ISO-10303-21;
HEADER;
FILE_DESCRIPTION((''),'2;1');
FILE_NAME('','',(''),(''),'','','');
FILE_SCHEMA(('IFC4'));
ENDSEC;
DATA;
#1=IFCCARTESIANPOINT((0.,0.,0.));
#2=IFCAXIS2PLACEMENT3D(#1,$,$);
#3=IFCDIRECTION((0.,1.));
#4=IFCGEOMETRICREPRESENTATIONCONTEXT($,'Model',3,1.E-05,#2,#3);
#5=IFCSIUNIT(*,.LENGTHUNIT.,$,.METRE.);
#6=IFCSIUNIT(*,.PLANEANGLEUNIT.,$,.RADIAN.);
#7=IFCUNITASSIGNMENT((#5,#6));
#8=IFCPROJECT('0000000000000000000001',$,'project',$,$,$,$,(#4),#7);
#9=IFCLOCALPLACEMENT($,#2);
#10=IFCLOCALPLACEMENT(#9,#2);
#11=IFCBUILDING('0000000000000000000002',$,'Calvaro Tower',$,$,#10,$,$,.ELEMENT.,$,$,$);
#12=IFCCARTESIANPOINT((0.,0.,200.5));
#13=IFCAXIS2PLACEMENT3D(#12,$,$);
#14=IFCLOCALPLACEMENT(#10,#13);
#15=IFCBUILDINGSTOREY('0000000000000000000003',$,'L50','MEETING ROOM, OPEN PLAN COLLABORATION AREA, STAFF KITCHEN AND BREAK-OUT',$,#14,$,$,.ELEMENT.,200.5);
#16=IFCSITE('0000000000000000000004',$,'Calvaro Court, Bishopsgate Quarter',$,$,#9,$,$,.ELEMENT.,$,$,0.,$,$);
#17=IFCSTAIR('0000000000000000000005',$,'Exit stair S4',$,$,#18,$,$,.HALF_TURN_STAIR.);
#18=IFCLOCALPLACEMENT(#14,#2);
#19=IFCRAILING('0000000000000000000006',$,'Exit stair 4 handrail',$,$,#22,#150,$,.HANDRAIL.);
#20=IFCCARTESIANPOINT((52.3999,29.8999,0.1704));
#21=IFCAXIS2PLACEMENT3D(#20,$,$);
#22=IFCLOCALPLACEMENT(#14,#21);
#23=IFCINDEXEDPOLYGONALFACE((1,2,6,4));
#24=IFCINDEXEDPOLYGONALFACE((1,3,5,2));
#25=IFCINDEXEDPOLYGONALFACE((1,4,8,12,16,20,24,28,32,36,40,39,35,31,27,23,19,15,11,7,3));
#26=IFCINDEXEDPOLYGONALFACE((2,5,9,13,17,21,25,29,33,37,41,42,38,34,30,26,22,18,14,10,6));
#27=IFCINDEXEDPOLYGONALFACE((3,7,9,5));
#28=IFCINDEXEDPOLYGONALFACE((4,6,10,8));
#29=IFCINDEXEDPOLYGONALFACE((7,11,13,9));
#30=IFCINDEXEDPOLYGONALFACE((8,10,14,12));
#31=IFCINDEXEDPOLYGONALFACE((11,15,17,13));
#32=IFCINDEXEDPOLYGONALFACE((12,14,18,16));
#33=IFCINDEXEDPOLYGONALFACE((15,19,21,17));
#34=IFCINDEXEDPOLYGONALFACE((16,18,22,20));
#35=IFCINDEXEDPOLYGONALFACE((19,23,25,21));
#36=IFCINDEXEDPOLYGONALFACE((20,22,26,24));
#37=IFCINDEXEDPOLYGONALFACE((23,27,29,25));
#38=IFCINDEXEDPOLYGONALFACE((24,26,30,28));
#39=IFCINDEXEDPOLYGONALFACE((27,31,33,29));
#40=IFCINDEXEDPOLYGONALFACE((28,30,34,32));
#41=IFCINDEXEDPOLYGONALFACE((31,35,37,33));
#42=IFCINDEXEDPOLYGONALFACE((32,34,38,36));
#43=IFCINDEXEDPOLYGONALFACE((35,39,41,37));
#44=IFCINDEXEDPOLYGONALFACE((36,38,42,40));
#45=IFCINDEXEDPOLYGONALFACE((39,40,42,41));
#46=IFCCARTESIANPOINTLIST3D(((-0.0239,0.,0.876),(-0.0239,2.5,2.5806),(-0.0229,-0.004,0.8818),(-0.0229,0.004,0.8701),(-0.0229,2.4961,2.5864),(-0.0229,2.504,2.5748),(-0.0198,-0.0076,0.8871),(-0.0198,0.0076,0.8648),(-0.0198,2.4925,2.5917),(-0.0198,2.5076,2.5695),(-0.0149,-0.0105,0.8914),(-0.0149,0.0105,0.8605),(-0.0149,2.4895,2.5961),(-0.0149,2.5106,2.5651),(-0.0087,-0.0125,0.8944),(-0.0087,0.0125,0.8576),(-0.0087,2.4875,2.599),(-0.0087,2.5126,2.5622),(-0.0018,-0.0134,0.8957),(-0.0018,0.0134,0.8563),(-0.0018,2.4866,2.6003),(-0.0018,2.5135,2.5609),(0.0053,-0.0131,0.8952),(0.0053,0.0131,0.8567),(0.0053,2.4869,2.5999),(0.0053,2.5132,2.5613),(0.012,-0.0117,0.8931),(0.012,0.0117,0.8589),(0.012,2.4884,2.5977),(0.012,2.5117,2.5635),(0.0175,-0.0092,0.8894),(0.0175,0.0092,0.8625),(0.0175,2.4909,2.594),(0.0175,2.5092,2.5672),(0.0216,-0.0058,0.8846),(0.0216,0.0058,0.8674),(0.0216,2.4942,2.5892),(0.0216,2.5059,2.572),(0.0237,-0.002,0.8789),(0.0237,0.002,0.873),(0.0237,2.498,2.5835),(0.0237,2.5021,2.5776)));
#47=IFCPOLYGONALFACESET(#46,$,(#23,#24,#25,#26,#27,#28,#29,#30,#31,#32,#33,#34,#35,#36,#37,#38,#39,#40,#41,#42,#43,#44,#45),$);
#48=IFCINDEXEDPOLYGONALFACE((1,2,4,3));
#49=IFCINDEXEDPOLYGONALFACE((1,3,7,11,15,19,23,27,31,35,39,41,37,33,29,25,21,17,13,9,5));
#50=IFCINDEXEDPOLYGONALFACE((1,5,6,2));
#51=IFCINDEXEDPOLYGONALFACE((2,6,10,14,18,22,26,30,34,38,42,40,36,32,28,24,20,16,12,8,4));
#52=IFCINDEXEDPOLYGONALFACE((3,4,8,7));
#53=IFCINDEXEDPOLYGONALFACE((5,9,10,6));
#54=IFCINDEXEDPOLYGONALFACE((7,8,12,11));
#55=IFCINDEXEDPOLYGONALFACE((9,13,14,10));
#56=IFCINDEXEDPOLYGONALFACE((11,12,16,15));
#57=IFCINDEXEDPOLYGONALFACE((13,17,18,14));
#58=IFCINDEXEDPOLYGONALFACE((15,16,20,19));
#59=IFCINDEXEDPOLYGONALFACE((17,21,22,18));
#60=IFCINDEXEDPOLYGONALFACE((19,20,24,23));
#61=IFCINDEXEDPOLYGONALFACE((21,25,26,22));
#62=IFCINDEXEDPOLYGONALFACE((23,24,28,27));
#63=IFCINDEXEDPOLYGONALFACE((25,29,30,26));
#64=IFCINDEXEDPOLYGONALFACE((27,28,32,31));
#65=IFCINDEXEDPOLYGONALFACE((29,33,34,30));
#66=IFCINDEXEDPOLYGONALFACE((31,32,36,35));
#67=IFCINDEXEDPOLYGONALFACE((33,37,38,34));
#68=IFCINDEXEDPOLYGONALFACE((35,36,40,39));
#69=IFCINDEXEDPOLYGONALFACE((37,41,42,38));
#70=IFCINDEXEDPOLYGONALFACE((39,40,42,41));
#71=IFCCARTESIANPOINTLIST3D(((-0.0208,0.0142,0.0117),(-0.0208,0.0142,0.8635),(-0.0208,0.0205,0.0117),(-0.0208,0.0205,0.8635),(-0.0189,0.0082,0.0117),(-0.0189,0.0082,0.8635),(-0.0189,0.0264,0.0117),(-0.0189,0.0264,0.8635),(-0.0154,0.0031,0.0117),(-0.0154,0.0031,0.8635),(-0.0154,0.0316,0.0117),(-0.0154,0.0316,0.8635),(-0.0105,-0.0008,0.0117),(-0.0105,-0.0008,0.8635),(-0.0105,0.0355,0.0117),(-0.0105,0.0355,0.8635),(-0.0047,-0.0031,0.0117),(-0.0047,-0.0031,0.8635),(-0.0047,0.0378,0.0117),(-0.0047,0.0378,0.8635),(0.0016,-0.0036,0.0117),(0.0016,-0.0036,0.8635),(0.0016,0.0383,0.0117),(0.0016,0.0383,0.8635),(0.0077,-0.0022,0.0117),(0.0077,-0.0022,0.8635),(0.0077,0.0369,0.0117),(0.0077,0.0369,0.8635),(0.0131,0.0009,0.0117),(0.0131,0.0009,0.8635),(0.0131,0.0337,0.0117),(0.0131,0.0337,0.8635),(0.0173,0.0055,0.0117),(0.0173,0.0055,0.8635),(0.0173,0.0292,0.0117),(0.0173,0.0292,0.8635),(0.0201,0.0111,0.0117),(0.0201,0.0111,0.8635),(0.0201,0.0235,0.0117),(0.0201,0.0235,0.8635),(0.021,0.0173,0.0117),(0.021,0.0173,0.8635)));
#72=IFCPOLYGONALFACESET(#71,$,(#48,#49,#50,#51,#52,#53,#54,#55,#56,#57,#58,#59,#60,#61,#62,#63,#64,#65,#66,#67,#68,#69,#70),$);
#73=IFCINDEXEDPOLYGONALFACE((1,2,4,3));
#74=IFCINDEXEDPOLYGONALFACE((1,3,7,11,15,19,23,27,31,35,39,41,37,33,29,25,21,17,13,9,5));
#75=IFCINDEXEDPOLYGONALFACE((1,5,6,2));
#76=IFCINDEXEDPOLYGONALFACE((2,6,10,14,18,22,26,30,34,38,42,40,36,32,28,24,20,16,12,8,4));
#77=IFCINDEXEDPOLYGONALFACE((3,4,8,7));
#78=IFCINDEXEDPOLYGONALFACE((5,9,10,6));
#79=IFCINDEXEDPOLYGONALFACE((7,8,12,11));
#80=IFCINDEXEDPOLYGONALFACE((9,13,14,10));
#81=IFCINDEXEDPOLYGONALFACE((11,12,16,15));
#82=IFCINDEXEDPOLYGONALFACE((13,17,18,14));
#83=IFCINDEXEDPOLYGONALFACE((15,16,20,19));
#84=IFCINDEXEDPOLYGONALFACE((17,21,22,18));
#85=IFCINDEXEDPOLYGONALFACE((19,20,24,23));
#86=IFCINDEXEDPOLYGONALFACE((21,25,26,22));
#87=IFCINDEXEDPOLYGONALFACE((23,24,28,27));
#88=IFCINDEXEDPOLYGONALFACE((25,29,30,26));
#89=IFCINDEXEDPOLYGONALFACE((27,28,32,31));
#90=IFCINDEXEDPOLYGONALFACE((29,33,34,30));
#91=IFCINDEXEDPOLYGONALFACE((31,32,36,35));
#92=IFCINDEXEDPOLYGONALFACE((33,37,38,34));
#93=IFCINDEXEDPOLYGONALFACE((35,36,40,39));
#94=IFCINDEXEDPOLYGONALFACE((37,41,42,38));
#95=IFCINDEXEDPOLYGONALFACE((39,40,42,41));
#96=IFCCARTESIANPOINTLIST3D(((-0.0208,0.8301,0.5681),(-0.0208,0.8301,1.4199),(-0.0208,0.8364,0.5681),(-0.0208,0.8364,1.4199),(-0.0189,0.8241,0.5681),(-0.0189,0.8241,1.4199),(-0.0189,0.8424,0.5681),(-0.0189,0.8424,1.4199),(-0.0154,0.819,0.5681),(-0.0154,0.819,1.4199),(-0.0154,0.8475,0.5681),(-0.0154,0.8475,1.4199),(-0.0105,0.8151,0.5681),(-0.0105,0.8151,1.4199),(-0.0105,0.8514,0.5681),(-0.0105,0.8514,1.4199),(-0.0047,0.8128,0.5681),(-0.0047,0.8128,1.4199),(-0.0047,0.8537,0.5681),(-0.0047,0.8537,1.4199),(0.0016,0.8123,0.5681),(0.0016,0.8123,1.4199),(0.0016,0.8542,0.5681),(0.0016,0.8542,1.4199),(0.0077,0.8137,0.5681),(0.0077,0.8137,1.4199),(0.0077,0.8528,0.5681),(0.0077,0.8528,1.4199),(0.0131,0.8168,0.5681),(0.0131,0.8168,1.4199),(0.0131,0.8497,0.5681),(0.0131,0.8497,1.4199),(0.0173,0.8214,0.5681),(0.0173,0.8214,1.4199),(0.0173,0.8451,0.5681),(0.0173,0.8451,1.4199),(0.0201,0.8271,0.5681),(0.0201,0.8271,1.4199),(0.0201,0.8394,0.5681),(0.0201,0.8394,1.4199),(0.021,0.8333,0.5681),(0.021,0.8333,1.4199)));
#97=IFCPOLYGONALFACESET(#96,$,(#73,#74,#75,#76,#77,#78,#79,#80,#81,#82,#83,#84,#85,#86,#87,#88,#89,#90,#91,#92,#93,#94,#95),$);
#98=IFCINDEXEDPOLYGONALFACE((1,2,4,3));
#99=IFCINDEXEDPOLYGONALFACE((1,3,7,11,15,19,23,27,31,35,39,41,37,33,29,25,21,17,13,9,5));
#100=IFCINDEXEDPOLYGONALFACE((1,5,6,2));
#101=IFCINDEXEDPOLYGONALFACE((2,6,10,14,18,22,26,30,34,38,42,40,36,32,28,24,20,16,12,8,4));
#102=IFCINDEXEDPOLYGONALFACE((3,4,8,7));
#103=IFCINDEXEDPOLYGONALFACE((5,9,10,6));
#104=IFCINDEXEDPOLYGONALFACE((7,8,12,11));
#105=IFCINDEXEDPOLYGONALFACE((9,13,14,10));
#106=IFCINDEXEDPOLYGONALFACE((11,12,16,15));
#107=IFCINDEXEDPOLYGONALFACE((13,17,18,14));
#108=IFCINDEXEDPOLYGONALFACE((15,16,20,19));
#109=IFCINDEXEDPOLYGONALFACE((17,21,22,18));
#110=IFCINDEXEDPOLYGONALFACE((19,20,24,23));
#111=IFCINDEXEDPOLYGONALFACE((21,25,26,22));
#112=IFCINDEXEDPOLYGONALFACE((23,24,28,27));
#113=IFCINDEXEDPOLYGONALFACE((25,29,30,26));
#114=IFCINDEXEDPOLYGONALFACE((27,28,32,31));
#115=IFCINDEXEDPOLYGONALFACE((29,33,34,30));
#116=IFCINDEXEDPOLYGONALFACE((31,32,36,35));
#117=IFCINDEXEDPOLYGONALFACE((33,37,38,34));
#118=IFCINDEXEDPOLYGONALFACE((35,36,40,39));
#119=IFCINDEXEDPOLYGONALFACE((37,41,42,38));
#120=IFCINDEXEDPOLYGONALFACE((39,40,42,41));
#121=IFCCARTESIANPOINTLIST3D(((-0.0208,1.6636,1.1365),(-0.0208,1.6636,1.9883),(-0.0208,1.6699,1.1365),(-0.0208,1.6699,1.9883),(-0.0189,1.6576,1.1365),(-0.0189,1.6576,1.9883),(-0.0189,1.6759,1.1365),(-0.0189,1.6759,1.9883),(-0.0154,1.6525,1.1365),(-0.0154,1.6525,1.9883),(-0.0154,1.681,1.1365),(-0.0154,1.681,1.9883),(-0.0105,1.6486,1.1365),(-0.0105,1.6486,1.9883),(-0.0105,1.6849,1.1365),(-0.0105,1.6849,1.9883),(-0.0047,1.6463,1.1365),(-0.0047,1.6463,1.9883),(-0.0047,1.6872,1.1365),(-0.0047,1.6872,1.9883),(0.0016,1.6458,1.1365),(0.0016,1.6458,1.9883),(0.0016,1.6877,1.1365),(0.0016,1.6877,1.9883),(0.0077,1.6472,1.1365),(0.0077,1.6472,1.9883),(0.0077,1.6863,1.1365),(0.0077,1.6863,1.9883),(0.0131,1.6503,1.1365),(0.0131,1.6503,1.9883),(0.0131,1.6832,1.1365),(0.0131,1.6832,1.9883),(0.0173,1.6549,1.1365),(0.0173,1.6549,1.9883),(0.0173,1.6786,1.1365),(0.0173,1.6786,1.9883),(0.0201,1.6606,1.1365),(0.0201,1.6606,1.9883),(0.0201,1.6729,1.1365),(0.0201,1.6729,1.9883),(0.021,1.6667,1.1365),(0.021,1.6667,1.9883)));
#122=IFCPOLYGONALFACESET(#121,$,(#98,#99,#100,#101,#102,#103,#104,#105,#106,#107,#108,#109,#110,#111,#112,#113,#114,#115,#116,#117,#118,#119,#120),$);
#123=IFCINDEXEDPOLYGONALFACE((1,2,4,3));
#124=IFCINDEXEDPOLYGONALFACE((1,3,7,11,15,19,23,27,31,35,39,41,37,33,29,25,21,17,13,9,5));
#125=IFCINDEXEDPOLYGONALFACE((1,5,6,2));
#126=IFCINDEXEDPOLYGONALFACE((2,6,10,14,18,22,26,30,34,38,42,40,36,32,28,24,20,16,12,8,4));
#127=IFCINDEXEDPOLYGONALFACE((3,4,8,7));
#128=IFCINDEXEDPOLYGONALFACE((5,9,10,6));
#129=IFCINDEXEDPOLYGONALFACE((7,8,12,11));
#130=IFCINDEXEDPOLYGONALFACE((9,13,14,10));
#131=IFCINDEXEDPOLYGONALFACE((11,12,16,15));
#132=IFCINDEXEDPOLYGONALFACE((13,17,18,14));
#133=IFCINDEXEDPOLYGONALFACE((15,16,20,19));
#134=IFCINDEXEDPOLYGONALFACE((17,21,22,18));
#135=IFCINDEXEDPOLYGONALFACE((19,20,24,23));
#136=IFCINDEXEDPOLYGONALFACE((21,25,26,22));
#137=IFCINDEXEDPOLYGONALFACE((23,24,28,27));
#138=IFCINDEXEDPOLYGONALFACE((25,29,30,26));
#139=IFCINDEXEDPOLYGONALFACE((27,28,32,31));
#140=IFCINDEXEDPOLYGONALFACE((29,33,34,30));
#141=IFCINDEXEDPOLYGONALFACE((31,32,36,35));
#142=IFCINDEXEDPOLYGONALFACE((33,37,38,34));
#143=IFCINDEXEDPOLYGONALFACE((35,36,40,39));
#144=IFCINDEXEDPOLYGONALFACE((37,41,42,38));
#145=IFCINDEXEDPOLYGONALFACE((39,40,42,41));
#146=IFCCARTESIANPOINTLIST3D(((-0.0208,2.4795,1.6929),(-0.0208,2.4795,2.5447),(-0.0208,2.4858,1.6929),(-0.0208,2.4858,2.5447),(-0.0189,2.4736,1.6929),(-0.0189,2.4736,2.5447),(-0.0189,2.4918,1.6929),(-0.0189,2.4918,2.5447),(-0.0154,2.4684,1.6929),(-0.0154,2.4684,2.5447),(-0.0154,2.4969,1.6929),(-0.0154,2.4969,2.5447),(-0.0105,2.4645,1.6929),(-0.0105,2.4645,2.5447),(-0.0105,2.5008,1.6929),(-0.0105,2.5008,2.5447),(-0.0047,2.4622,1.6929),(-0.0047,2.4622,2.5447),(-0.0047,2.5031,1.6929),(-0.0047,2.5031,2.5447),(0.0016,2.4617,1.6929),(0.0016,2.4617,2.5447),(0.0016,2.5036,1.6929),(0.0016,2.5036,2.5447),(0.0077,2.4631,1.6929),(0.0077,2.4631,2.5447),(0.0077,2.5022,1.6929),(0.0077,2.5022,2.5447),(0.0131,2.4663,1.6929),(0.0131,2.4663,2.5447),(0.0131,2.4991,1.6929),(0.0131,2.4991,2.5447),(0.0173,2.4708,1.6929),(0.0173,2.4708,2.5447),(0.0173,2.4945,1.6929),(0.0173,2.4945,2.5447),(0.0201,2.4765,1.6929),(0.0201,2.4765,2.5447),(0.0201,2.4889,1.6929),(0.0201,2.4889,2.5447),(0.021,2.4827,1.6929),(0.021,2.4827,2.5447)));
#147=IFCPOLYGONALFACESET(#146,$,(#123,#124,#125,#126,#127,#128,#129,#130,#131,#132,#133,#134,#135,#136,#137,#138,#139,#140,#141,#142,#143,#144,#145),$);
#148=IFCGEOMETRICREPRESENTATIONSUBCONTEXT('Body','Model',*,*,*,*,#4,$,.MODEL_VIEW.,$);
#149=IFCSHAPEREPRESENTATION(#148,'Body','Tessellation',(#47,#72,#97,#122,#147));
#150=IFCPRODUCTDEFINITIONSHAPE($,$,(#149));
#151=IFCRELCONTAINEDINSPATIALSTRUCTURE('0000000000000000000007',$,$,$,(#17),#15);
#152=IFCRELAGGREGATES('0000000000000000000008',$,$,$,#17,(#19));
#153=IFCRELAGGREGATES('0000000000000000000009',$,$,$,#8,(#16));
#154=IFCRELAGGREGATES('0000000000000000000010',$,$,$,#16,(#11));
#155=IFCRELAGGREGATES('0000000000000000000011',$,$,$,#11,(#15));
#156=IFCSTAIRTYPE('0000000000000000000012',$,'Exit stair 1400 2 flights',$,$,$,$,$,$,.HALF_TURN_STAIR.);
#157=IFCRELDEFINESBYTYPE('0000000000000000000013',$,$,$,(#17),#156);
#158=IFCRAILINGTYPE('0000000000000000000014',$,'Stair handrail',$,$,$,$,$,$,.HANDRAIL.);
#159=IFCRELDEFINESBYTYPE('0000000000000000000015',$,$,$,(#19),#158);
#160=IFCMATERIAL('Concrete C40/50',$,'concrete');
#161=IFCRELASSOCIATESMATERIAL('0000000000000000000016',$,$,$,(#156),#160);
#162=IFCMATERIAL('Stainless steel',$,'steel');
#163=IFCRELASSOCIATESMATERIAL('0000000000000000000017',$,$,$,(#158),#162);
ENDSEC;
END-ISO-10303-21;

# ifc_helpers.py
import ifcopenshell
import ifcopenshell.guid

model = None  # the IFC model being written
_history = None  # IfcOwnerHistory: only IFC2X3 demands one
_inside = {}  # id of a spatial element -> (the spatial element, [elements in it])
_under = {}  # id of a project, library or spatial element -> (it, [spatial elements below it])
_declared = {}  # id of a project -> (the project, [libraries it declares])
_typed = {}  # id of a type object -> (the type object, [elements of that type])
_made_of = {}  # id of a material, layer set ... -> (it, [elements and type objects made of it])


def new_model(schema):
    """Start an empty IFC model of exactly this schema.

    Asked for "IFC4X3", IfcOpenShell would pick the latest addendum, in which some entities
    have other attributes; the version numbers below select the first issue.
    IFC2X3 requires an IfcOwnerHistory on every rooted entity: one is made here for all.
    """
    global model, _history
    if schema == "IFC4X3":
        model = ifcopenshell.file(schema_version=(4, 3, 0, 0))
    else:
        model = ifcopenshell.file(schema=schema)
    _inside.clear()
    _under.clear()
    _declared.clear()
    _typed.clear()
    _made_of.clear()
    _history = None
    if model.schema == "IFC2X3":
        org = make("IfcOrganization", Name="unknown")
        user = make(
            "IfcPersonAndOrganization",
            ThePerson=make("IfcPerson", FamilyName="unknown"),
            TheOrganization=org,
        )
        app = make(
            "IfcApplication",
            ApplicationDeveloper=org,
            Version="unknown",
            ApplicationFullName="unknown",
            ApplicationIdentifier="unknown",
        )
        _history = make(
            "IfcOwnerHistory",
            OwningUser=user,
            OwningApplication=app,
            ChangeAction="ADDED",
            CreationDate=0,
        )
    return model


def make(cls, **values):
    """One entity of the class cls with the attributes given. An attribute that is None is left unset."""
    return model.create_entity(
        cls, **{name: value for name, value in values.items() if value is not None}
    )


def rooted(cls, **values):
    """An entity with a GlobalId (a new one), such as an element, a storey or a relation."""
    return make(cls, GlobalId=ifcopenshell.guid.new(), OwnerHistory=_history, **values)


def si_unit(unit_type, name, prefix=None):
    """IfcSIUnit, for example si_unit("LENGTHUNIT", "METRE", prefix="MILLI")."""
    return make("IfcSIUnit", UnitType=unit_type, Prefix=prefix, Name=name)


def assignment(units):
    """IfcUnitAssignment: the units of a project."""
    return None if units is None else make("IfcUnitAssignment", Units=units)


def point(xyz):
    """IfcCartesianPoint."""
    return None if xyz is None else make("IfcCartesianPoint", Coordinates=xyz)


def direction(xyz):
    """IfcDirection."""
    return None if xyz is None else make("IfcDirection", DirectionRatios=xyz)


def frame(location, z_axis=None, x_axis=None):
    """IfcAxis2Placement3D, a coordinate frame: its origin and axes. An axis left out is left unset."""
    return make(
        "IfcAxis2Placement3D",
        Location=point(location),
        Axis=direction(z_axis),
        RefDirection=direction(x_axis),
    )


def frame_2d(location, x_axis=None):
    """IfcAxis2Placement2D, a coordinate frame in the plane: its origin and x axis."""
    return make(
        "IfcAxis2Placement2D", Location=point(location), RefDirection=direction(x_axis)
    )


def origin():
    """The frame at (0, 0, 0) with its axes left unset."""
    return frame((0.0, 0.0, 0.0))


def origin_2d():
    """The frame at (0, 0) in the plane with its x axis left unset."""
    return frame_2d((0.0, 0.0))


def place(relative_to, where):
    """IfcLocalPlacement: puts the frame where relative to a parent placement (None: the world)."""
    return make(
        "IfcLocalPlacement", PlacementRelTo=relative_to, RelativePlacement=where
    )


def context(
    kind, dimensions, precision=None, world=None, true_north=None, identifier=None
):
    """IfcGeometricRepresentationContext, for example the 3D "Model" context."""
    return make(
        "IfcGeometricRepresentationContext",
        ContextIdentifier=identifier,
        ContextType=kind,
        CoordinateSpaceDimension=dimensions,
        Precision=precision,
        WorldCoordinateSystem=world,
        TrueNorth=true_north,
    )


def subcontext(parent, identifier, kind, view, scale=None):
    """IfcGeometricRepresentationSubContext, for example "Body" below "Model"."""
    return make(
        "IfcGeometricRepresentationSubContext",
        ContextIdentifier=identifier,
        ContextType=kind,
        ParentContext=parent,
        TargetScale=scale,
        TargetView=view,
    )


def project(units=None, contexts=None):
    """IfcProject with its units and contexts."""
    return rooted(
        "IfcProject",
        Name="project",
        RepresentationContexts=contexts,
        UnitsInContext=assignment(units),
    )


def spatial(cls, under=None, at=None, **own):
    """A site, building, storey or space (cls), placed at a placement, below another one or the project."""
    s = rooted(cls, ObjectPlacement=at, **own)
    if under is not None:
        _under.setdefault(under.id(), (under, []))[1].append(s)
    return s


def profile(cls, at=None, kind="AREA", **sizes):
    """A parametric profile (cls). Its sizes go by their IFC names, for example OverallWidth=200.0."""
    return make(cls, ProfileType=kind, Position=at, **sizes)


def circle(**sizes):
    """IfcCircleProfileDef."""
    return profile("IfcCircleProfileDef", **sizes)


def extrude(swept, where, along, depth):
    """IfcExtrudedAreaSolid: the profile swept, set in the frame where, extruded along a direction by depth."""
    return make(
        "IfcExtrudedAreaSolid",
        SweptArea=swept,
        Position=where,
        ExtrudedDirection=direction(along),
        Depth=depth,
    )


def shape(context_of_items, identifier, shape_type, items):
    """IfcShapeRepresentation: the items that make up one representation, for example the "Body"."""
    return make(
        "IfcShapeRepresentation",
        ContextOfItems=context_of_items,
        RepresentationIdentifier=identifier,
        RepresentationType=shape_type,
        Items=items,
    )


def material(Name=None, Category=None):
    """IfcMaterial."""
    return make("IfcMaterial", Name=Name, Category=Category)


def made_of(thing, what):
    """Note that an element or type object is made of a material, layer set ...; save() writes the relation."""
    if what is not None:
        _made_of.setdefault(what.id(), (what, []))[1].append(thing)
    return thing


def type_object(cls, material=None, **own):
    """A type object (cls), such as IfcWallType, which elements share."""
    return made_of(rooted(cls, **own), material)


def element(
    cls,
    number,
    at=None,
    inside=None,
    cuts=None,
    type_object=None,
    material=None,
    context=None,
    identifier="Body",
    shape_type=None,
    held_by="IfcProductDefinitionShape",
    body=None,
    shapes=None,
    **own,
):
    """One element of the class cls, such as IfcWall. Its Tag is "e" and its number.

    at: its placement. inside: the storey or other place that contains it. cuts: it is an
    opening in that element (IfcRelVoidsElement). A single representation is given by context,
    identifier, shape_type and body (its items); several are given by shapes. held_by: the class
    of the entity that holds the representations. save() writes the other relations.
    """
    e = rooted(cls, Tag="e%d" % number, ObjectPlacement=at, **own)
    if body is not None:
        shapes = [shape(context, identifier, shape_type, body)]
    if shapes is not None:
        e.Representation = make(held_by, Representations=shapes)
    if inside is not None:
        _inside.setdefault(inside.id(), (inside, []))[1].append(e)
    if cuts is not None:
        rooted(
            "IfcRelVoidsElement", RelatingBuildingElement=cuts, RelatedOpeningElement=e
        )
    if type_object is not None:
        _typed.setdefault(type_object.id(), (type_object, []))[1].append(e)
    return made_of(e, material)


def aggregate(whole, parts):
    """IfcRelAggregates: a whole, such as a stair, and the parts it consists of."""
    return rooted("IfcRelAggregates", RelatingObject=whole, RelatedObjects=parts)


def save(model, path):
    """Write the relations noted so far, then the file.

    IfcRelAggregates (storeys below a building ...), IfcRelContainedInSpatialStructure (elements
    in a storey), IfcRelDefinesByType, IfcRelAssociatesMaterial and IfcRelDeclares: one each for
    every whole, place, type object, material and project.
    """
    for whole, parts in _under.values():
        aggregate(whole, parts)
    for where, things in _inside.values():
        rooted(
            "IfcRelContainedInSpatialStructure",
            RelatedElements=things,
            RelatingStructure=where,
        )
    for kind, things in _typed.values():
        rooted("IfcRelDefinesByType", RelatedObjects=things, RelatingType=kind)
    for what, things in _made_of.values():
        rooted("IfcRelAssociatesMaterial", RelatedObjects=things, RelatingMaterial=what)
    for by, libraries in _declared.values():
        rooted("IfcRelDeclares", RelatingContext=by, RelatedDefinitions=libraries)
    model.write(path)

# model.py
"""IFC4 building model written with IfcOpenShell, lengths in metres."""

from ifc_helpers import new_model, si_unit, direction, frame, origin, origin_2d, place, context, subcontext, project, spatial, circle, extrude, material, type_object, element, aggregate, save


model = new_model("IFC4")

# Units and contexts
model_context = context("Model", 3, precision=1e-05, world=origin(), true_north=direction((0.0, 1.0)))
body_context = subcontext(model_context, "Body", "Model", "MODEL_VIEW")
ifc_project = project(units=[si_unit("LENGTHUNIT", "METRE"), si_unit("PLANEANGLEUNIT", "RADIAN")], contexts=[model_context])

# Site, building, storey
site_placement = place(None, origin())
site = spatial("IfcSite", under=ifc_project, at=site_placement, Name="Calvaro Court, Bishopsgate Quarter", CompositionType="ELEMENT", RefElevation=0.0)
building_placement = place(site_placement, origin())
building = spatial("IfcBuilding", under=site, at=building_placement, Name="Calvaro Tower", CompositionType="ELEMENT")
storey_placement = place(building_placement, frame((0.0, 0.0, 200.5)))
storey = spatial("IfcBuildingStorey", under=building, at=storey_placement, Name="L50", Description="MEETING ROOM, OPEN PLAN COLLABORATION AREA, STAFF KITCHEN AND BREAK-OUT", CompositionType="ELEMENT", Elevation=200.5)

# Stair
ifc_material_1 = material(Name="Concrete C40/50", Category="concrete")
stair_type = type_object("IfcStairType", Name="Exit stair 1400 2 flights", PredefinedType="HALF_TURN_STAIR", material=ifc_material_1)
stair_1_placement = place(storey_placement, origin())
stair_1 = element("IfcStair", 1, at=stair_1_placement, inside=storey, type_object=stair_type, Name="Exit stair S4", PredefinedType="HALF_TURN_STAIR")

# Railing
ifc_material_2 = material(Name="Stainless steel", Category="steel")
railing_type = type_object("IfcRailingType", Name="Stair handrail", PredefinedType="HANDRAIL", material=ifc_material_2)
railing_1_placement = place(storey_placement, frame((52.3999, 29.8999, 0.1704)))
railing_1 = element("IfcRailing", 2, at=railing_1_placement, type_object=railing_type, Name="Exit stair 4 handrail", PredefinedType="HANDRAIL", context=body_context, shape_type="SweptSolid", body=[
    extrude(circle(Radius=0.0239, at=origin_2d()), frame((0.0, 0.0, 0.876), z_axis=(0.0, 0.826221, 0.563347), x_axis=(-1.0, 0.0, 0.0)), (0.0, 0.0, 1.0), 3.0259),
    extrude(circle(Radius=0.021, at=origin_2d()), frame((0.0, 0.0173, 0.0117)), (0.0, 0.0, 1.0), 0.8518),
    extrude(circle(Radius=0.021, at=origin_2d()), frame((0.0, 0.8333, 0.5681)), (0.0, 0.0, 1.0), 0.8518),
    extrude(circle(Radius=0.021, at=origin_2d()), frame((0.0, 1.6667, 1.1365)), (0.0, 0.0, 1.0), 0.8518),
    extrude(circle(Radius=0.021, at=origin_2d()), frame((0.0, 2.4827, 1.6929)), (0.0, 0.0, 1.0), 0.8518),
])
aggregate(stair_1, [railing_1])

save(model, "model.ifc")
